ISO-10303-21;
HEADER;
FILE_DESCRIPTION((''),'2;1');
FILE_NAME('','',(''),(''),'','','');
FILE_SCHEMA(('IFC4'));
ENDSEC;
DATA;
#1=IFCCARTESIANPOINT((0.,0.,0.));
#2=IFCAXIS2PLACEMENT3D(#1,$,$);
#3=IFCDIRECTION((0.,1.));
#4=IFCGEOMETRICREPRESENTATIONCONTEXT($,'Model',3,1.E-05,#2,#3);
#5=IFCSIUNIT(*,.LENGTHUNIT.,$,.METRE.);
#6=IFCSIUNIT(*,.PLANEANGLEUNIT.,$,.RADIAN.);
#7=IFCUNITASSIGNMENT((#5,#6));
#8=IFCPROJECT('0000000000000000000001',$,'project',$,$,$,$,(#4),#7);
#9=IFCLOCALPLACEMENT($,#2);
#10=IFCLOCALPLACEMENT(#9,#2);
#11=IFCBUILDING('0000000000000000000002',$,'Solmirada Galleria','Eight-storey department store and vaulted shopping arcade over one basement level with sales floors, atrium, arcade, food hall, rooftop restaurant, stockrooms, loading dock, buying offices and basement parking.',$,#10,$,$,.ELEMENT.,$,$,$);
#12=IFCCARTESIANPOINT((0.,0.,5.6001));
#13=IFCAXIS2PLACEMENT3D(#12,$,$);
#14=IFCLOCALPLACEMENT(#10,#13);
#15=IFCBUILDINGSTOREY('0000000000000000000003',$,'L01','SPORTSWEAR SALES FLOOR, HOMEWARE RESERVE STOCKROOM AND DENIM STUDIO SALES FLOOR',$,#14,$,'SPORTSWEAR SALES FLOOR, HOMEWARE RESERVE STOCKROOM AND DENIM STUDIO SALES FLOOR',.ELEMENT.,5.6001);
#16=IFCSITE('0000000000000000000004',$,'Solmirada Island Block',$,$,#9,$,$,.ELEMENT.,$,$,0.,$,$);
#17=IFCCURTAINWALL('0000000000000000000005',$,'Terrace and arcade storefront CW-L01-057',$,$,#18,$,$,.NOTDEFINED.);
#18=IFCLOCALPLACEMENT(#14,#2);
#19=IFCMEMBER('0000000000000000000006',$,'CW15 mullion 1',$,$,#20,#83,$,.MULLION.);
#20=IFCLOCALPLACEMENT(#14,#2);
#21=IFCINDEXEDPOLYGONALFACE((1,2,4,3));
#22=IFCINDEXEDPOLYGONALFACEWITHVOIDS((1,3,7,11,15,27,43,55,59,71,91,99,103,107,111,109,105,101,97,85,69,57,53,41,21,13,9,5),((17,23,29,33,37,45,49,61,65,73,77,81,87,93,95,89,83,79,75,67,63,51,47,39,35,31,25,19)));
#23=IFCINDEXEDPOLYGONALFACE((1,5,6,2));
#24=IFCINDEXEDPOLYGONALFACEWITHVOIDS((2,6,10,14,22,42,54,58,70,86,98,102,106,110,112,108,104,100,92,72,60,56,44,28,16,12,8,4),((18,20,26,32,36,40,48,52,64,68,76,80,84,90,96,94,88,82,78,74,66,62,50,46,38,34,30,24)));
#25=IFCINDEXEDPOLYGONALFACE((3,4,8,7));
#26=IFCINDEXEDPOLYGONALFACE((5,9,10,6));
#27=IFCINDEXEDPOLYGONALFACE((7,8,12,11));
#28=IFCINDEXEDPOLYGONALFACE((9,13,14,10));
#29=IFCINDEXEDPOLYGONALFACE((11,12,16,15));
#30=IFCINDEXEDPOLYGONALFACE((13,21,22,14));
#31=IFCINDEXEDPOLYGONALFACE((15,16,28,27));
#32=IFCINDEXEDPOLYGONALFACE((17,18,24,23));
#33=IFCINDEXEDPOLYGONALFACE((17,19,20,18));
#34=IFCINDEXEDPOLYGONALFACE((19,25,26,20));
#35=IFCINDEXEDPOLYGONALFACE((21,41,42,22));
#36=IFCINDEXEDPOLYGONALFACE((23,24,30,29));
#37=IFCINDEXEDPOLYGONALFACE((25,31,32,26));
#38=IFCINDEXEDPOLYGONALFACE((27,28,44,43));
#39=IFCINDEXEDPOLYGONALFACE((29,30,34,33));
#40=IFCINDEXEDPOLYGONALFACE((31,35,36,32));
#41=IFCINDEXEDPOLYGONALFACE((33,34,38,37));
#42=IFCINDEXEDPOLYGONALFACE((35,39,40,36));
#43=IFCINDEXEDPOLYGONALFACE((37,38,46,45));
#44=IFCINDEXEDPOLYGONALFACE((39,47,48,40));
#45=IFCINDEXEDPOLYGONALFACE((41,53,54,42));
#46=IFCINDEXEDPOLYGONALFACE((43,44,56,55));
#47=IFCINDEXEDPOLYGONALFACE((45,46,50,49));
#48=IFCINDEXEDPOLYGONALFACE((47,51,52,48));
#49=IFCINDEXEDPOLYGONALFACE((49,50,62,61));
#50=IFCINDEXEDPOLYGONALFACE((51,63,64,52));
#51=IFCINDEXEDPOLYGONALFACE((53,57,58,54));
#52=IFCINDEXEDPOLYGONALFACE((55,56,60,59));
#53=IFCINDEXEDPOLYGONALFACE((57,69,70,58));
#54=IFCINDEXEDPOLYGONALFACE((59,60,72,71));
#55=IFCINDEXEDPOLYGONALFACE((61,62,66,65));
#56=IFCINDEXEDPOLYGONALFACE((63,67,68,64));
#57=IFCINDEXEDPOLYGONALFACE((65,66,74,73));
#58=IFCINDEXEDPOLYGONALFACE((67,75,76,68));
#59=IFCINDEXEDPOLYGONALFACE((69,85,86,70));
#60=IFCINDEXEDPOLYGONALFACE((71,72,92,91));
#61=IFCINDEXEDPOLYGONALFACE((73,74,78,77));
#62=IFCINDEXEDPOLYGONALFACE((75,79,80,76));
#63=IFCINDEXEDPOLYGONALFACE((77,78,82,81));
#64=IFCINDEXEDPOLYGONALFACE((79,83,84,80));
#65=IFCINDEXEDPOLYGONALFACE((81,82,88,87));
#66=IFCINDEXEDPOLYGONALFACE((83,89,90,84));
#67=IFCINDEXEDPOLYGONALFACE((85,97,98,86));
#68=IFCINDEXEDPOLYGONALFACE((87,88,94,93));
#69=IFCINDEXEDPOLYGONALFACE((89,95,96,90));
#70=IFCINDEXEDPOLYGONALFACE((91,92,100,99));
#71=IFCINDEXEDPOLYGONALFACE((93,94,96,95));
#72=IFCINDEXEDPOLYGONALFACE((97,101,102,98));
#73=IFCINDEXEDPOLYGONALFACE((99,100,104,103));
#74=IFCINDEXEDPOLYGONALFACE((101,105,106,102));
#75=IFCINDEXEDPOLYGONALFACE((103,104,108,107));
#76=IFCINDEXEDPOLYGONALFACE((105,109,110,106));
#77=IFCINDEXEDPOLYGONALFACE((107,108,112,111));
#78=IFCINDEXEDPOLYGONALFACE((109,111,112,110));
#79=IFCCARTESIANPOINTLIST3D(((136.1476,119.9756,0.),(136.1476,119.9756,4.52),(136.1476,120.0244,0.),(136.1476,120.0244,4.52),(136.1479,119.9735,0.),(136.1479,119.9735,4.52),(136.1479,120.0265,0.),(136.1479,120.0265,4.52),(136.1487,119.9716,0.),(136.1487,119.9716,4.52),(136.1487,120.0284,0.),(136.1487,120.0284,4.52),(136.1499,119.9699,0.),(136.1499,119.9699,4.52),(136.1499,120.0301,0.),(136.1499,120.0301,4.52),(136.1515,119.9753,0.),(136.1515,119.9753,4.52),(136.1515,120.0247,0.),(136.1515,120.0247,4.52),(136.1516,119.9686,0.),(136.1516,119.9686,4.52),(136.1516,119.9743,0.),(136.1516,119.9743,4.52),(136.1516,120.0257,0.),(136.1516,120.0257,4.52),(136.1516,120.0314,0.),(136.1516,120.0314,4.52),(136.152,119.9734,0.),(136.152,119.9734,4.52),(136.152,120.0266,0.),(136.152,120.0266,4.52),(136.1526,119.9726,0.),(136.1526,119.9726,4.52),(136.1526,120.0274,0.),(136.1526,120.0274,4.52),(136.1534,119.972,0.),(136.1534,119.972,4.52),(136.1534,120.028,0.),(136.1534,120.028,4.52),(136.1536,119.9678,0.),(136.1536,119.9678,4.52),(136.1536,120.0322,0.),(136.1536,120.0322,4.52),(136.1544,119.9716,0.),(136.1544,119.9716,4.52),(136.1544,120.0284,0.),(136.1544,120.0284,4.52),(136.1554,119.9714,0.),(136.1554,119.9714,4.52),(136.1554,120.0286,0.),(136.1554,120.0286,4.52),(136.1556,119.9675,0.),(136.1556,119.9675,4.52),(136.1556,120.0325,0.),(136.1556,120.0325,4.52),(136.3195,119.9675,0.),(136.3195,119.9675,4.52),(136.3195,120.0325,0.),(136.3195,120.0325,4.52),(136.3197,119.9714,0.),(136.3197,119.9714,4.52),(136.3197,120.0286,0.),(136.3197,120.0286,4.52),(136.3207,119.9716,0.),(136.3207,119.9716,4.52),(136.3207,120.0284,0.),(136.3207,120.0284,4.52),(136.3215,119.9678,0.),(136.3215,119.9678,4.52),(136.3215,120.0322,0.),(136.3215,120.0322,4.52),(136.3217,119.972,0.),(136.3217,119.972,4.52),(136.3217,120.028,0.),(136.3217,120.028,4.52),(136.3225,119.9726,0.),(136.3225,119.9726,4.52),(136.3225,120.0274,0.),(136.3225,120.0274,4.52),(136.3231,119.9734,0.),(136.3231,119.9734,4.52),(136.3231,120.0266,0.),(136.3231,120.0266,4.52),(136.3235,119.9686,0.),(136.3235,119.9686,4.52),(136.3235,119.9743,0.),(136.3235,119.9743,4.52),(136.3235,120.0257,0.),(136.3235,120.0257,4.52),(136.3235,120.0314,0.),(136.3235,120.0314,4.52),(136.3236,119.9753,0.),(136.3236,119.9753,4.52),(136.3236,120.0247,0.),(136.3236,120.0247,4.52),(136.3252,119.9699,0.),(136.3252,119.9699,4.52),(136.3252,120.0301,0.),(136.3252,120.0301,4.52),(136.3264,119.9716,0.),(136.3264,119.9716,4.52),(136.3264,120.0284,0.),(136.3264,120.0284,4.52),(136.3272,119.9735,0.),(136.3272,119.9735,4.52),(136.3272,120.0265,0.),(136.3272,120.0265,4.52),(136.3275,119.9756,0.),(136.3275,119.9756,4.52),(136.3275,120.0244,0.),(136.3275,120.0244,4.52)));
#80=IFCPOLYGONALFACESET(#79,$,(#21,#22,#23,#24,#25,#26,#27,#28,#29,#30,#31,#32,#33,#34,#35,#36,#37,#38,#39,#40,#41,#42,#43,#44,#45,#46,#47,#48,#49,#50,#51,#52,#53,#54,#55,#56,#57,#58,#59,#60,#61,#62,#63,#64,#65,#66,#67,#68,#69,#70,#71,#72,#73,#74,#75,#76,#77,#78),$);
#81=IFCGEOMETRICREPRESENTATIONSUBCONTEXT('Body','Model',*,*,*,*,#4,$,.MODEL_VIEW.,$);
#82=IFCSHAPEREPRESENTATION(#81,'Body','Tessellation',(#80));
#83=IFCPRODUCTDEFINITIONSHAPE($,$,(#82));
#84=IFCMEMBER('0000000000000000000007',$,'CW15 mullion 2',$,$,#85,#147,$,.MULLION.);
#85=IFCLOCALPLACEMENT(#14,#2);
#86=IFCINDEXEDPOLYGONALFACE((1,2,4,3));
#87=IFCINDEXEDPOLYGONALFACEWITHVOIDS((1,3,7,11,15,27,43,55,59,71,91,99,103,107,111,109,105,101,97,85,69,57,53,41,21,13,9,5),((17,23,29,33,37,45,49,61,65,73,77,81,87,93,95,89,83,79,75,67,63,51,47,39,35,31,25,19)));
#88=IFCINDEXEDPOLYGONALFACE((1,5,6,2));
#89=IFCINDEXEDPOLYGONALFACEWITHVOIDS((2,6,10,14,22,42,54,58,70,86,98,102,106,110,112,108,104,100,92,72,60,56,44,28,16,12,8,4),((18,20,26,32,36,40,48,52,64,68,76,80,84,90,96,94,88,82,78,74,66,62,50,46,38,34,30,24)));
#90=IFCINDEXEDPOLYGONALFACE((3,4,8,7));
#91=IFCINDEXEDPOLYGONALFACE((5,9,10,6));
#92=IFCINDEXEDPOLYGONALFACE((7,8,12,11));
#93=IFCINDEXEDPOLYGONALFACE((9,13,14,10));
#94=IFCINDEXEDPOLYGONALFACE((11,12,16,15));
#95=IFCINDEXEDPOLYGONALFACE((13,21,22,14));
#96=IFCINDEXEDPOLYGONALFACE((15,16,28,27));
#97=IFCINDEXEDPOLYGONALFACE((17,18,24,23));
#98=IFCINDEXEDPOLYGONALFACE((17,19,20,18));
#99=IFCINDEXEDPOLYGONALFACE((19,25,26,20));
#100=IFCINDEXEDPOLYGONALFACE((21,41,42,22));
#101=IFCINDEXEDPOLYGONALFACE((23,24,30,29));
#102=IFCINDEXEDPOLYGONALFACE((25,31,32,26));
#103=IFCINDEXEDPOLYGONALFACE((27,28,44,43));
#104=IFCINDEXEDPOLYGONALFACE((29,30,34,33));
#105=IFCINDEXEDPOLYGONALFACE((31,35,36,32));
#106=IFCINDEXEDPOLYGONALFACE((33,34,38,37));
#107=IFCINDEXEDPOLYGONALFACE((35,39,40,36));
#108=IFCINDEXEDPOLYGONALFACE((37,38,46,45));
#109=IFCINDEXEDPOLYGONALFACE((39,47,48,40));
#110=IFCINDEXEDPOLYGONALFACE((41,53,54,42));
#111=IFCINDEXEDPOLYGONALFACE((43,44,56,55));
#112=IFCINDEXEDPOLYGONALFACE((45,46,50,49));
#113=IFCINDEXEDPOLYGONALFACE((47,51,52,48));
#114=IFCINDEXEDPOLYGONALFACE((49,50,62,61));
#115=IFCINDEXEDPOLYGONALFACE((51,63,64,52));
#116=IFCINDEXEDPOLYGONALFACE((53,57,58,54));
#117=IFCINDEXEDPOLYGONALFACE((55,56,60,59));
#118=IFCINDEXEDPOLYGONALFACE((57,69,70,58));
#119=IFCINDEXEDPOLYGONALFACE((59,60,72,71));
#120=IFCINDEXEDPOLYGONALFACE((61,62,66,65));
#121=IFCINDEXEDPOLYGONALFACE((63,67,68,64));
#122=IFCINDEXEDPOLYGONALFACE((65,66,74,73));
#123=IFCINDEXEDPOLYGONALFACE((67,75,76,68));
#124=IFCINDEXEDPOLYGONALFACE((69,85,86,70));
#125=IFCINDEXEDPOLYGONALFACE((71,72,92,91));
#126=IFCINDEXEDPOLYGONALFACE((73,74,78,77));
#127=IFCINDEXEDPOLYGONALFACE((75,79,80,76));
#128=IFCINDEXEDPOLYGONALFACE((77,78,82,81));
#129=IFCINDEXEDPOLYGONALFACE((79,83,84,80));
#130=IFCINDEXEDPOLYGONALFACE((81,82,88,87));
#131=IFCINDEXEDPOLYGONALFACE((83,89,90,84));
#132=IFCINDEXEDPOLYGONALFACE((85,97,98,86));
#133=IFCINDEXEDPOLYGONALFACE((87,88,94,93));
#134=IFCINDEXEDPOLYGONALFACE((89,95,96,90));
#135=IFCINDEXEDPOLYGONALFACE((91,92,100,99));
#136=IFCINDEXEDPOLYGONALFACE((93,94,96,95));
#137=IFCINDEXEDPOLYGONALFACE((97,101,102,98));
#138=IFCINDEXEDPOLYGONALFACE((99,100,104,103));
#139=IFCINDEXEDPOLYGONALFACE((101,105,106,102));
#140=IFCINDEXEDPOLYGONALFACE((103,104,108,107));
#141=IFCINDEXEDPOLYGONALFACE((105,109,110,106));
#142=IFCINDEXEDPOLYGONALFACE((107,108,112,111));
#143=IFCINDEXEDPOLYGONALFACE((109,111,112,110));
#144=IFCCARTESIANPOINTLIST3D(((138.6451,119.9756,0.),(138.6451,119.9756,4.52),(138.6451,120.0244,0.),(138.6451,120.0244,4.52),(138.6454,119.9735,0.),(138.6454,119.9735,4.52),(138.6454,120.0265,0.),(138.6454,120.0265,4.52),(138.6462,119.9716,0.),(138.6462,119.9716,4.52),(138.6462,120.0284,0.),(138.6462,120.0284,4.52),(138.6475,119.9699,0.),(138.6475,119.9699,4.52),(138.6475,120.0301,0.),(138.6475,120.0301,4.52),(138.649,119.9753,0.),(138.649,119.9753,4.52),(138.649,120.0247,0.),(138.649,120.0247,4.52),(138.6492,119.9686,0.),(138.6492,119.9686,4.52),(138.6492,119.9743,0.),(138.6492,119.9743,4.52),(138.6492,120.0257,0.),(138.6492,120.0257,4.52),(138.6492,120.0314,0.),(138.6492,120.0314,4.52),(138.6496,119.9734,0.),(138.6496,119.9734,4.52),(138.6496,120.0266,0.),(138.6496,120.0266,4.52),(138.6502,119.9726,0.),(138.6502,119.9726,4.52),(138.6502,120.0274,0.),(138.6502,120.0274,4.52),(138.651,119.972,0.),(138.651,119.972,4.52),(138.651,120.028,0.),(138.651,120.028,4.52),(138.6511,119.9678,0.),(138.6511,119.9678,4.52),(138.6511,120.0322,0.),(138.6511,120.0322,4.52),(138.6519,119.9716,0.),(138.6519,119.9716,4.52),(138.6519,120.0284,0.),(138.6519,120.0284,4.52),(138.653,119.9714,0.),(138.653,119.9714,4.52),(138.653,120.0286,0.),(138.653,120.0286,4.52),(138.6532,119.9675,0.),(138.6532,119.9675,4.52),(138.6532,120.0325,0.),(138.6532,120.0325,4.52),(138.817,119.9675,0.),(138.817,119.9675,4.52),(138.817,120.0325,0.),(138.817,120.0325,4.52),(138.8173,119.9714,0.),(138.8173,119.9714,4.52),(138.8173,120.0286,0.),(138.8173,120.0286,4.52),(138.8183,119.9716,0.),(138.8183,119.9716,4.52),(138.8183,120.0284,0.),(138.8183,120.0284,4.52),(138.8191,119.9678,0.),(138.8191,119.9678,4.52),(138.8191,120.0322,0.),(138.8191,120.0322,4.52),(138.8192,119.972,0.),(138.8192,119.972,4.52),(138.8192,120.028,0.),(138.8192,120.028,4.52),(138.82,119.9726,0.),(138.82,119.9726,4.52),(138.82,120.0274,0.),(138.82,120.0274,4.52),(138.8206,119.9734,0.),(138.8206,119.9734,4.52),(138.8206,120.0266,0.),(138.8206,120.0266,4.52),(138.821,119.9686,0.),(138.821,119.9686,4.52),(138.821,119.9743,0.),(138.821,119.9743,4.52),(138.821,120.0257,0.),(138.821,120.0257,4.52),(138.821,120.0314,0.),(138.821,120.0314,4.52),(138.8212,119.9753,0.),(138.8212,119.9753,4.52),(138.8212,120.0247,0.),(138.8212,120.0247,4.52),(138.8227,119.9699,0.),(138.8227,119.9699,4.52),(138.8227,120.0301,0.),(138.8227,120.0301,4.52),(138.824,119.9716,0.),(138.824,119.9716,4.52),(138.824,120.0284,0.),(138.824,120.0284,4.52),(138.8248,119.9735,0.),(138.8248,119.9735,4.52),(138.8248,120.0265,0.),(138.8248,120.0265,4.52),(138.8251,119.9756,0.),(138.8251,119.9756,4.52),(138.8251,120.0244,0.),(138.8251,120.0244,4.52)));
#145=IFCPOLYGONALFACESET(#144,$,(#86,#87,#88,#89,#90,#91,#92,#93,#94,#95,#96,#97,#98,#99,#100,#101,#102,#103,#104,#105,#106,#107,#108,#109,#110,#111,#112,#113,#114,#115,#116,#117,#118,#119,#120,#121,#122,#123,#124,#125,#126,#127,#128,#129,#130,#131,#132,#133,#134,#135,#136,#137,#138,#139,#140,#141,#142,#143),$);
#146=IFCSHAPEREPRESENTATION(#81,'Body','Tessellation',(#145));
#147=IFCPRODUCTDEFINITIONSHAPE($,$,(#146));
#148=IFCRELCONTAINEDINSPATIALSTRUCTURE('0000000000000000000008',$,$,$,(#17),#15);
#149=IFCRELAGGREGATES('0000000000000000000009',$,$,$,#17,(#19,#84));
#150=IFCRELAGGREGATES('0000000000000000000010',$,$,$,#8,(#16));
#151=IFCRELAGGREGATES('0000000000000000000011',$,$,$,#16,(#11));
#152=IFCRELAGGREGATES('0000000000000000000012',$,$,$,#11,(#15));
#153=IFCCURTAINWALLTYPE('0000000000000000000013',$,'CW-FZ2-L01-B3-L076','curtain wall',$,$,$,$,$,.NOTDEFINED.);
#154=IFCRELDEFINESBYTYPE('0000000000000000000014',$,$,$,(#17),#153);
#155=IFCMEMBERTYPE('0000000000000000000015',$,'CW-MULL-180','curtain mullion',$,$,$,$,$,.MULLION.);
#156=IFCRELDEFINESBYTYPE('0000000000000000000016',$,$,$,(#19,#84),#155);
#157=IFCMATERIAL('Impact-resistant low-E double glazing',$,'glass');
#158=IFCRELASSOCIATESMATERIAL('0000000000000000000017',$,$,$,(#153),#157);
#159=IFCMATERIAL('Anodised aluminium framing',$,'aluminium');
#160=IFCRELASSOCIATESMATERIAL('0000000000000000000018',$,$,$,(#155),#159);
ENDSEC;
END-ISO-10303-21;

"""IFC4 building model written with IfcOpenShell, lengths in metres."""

from ifc_helpers import new_model, si_unit, direction, frame, origin, origin_2d, place, context, subcontext, project, spatial, hollow_rectangle, extrude, material, material_profile, profile_set, type_object, element, aggregate, save


model = new_model("IFC4")

# Units and contexts
model_context = context("Model", 3, precision=1e-05, world=origin(), true_north=direction((0.0, 1.0)))
body_context = subcontext(model_context, "Body", "Model", "MODEL_VIEW")
ifc_project = project(units=[si_unit("LENGTHUNIT", "METRE"), si_unit("PLANEANGLEUNIT", "RADIAN")], contexts=[model_context])

# Site, building, storey
site_placement = place(None, origin())
site = spatial("IfcSite", under=ifc_project, at=site_placement, Name="Solmirada Island Block", CompositionType="ELEMENT", RefElevation=0.0)
building_placement = place(site_placement, origin())
building = spatial("IfcBuilding", under=site, at=building_placement, Name="Solmirada Galleria", Description="Eight-storey department store and vaulted shopping arcade over one basement level with sales floors, atrium, arcade, food hall, rooftop restaurant, stockrooms, loading dock, buying offices and basement parking.", CompositionType="ELEMENT")
storey_placement = place(building_placement, frame((0.0, 0.0, 5.6001)))
storey = spatial("IfcBuildingStorey", under=building, at=storey_placement, Name="L01", Description="SPORTSWEAR SALES FLOOR, HOMEWARE RESERVE STOCKROOM AND DENIM STUDIO SALES FLOOR", LongName="SPORTSWEAR SALES FLOOR, HOMEWARE RESERVE STOCKROOM AND DENIM STUDIO SALES FLOOR", CompositionType="ELEMENT", Elevation=5.6001)

# Curtain wall, members
ifc_material_1 = material(Name="Impact-resistant low-E double glazing", Category="glass")
curtain_wall_type = type_object("IfcCurtainWallType", Name="CW-FZ2-L01-B3-L076", Description="curtain wall", PredefinedType="NOTDEFINED", material=ifc_material_1)
ifc_material_2 = material(Name="Anodised aluminium framing", Category="aluminium")
ifc_material_profile_1 = material_profile(ifc_material_2, hollow_rectangle(XDim=0.0649, YDim=0.1799, WallThickness=0.0039, InnerFilletRadius=0.0039, OuterFilletRadius=0.0081, at=origin_2d()), Name="ALU-MULL-180X65")
ifc_profile_set_1 = profile_set([ifc_material_profile_1], Name="Anodised aluminium framing")
member_type_1 = type_object("IfcMemberType", Name="CW-MULL-180", Description="curtain mullion", PredefinedType="MULLION", material=ifc_profile_set_1)
curtain_wall_1_placement = place(storey_placement, origin())
curtain_wall_1 = element("IfcCurtainWall", 1, at=curtain_wall_1_placement, inside=storey, type_object=curtain_wall_type, Name="Terrace and arcade storefront CW-L01-057", PredefinedType="NOTDEFINED")
member_1_placement = place(storey_placement, frame((136.2375, 120.0, 0.0), z_axis=(0.0, 0.0, 1.0), x_axis=(0.0, 1.0, 0.0)))
member_1 = element("IfcMember", 2, at=member_1_placement, type_object=member_type_1, Name="CW15 mullion 1", PredefinedType="MULLION", context=body_context, shape_type="SweptSolid", body=[
    extrude(hollow_rectangle(XDim=0.0649, YDim=0.1799, WallThickness=0.0039, InnerFilletRadius=0.0039, OuterFilletRadius=0.0081, at=origin_2d()), origin(), (0.0, 0.0, 1.0), 4.52),
])
member_2_placement = place(storey_placement, frame((138.7351, 120.0, 0.0), z_axis=(0.0, 0.0, 1.0), x_axis=(0.0, 1.0, 0.0)))
member_2 = element("IfcMember", 3, at=member_2_placement, type_object=member_type_1, Name="CW15 mullion 2", PredefinedType="MULLION", context=body_context, shape_type="SweptSolid", body=[
    extrude(hollow_rectangle(XDim=0.0649, YDim=0.1799, WallThickness=0.0039, InnerFilletRadius=0.0039, OuterFilletRadius=0.0081, at=origin_2d()), origin(), (0.0, 0.0, 1.0), 4.52),
])

aggregate(curtain_wall_1, [member_1, member_2])

save(model, "model.ifc")
